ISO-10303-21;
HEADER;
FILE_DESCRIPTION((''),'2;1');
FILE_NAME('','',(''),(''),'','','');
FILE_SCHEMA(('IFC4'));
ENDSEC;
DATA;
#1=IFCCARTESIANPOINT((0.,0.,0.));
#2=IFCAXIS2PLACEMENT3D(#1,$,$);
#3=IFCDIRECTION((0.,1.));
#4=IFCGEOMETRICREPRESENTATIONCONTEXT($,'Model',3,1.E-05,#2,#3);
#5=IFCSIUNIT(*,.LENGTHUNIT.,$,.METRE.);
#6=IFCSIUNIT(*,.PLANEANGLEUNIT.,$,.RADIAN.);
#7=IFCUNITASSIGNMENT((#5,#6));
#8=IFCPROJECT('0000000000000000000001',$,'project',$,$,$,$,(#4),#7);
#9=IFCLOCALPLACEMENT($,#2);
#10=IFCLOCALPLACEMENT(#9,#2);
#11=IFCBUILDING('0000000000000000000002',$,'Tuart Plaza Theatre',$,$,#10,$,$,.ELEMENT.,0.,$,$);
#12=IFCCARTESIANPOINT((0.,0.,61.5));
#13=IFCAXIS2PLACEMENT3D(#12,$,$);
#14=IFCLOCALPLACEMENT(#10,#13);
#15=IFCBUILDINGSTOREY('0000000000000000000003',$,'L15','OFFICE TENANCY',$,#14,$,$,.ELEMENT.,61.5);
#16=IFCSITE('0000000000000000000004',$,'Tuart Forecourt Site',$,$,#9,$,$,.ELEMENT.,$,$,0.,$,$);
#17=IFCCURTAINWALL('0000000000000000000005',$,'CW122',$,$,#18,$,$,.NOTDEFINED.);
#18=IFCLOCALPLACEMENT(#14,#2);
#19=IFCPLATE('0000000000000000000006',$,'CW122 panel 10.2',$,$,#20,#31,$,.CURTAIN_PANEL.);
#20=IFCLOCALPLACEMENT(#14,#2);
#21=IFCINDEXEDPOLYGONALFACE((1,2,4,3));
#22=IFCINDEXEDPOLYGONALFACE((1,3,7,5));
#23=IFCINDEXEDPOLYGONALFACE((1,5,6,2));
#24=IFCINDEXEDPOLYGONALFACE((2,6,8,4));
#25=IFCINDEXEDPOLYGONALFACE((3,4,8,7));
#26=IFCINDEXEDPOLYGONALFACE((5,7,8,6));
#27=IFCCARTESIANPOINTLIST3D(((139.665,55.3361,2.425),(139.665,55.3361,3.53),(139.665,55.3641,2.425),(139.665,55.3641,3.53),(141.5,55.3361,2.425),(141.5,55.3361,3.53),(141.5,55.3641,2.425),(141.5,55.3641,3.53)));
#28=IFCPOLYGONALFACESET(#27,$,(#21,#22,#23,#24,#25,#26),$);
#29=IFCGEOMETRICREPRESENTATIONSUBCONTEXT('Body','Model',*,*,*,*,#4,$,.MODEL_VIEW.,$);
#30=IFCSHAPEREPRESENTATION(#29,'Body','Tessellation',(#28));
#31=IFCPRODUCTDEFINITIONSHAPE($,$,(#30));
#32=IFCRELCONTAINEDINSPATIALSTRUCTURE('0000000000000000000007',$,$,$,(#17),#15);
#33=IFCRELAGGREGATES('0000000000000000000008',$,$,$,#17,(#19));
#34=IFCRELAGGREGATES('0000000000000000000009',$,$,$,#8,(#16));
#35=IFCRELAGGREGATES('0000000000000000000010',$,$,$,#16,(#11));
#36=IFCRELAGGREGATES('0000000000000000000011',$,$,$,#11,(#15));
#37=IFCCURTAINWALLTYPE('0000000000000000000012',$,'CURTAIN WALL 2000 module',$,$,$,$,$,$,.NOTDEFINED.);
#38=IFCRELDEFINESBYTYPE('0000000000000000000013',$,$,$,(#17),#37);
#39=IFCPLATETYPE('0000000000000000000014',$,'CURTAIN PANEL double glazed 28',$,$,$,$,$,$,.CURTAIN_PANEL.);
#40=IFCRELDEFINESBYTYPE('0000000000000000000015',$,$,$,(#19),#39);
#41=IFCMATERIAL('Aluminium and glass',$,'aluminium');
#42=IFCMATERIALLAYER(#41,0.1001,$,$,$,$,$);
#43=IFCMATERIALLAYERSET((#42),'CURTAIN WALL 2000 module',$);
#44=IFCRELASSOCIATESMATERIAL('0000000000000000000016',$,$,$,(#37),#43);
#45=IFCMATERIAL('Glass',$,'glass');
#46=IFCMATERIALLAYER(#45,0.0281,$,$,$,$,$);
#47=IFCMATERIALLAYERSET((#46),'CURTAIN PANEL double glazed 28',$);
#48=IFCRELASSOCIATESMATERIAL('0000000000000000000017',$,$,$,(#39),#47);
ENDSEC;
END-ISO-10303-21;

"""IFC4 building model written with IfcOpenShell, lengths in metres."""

from ifc_helpers import new_model, si_unit, direction, frame, origin, origin_2d, place, context, subcontext, project, spatial, rectangle, extrude, material, layer, layer_set, type_object, element, aggregate, save


model = new_model("IFC4")

# Units and contexts
model_context = context("Model", 3, precision=1e-05, world=origin(), true_north=direction((0.0, 1.0)))
body_context = subcontext(model_context, "Body", "Model", "MODEL_VIEW")
ifc_project = project(units=[si_unit("LENGTHUNIT", "METRE"), si_unit("PLANEANGLEUNIT", "RADIAN")], contexts=[model_context])

# Site, building, storey
site_placement = place(None, origin())
site = spatial("IfcSite", under=ifc_project, at=site_placement, Name="Tuart Forecourt Site", CompositionType="ELEMENT", RefElevation=0.0)
building_placement = place(site_placement, origin())
building = spatial("IfcBuilding", under=site, at=building_placement, Name="Tuart Plaza Theatre", CompositionType="ELEMENT", ElevationOfRefHeight=0.0)
storey_placement = place(building_placement, frame((0.0, 0.0, 61.5)))
storey = spatial("IfcBuildingStorey", under=building, at=storey_placement, Name="L15", Description="OFFICE TENANCY", CompositionType="ELEMENT", Elevation=61.5)

# Shared definitions
ifc_material_1 = material(Name="Aluminium and glass", Category="aluminium")
ifc_layer_1 = layer(ifc_material_1, 0.1001)
ifc_layer_set_1 = layer_set([ifc_layer_1], Name="CURTAIN WALL 2000 module")
curtain_wall_type = type_object("IfcCurtainWallType", Name="CURTAIN WALL 2000 module", PredefinedType="NOTDEFINED", material=ifc_layer_set_1)

# Curtain wall
curtain_wall_1_placement = place(storey_placement, origin())
curtain_wall_1 = element("IfcCurtainWall", 1, at=curtain_wall_1_placement, inside=storey, type_object=curtain_wall_type, Name="CW122", PredefinedType="NOTDEFINED")

# Plate
ifc_material_2 = material(Name="Glass", Category="glass")
ifc_layer_2 = layer(ifc_material_2, 0.0281)
ifc_layer_set_2 = layer_set([ifc_layer_2], Name="CURTAIN PANEL double glazed 28")
plate_type = type_object("IfcPlateType", Name="CURTAIN PANEL double glazed 28", PredefinedType="CURTAIN_PANEL", material=ifc_layer_set_2)
plate_1_placement = place(storey_placement, frame((140.5825, 55.3501, 2.425), z_axis=(0.0, 0.0, 1.0), x_axis=(1.0, 0.0, 0.0)))
plate_1 = element("IfcPlate", 2, at=plate_1_placement, type_object=plate_type, Name="CW122 panel 10.2", PredefinedType="CURTAIN_PANEL", context=body_context, shape_type="SweptSolid", body=[
    extrude(rectangle(XDim=1.835, YDim=0.0281, at=origin_2d()), origin(), (0.0, 0.0, 1.0), 1.105),
])
aggregate(curtain_wall_1, [plate_1])

save(model, "model.ifc")
